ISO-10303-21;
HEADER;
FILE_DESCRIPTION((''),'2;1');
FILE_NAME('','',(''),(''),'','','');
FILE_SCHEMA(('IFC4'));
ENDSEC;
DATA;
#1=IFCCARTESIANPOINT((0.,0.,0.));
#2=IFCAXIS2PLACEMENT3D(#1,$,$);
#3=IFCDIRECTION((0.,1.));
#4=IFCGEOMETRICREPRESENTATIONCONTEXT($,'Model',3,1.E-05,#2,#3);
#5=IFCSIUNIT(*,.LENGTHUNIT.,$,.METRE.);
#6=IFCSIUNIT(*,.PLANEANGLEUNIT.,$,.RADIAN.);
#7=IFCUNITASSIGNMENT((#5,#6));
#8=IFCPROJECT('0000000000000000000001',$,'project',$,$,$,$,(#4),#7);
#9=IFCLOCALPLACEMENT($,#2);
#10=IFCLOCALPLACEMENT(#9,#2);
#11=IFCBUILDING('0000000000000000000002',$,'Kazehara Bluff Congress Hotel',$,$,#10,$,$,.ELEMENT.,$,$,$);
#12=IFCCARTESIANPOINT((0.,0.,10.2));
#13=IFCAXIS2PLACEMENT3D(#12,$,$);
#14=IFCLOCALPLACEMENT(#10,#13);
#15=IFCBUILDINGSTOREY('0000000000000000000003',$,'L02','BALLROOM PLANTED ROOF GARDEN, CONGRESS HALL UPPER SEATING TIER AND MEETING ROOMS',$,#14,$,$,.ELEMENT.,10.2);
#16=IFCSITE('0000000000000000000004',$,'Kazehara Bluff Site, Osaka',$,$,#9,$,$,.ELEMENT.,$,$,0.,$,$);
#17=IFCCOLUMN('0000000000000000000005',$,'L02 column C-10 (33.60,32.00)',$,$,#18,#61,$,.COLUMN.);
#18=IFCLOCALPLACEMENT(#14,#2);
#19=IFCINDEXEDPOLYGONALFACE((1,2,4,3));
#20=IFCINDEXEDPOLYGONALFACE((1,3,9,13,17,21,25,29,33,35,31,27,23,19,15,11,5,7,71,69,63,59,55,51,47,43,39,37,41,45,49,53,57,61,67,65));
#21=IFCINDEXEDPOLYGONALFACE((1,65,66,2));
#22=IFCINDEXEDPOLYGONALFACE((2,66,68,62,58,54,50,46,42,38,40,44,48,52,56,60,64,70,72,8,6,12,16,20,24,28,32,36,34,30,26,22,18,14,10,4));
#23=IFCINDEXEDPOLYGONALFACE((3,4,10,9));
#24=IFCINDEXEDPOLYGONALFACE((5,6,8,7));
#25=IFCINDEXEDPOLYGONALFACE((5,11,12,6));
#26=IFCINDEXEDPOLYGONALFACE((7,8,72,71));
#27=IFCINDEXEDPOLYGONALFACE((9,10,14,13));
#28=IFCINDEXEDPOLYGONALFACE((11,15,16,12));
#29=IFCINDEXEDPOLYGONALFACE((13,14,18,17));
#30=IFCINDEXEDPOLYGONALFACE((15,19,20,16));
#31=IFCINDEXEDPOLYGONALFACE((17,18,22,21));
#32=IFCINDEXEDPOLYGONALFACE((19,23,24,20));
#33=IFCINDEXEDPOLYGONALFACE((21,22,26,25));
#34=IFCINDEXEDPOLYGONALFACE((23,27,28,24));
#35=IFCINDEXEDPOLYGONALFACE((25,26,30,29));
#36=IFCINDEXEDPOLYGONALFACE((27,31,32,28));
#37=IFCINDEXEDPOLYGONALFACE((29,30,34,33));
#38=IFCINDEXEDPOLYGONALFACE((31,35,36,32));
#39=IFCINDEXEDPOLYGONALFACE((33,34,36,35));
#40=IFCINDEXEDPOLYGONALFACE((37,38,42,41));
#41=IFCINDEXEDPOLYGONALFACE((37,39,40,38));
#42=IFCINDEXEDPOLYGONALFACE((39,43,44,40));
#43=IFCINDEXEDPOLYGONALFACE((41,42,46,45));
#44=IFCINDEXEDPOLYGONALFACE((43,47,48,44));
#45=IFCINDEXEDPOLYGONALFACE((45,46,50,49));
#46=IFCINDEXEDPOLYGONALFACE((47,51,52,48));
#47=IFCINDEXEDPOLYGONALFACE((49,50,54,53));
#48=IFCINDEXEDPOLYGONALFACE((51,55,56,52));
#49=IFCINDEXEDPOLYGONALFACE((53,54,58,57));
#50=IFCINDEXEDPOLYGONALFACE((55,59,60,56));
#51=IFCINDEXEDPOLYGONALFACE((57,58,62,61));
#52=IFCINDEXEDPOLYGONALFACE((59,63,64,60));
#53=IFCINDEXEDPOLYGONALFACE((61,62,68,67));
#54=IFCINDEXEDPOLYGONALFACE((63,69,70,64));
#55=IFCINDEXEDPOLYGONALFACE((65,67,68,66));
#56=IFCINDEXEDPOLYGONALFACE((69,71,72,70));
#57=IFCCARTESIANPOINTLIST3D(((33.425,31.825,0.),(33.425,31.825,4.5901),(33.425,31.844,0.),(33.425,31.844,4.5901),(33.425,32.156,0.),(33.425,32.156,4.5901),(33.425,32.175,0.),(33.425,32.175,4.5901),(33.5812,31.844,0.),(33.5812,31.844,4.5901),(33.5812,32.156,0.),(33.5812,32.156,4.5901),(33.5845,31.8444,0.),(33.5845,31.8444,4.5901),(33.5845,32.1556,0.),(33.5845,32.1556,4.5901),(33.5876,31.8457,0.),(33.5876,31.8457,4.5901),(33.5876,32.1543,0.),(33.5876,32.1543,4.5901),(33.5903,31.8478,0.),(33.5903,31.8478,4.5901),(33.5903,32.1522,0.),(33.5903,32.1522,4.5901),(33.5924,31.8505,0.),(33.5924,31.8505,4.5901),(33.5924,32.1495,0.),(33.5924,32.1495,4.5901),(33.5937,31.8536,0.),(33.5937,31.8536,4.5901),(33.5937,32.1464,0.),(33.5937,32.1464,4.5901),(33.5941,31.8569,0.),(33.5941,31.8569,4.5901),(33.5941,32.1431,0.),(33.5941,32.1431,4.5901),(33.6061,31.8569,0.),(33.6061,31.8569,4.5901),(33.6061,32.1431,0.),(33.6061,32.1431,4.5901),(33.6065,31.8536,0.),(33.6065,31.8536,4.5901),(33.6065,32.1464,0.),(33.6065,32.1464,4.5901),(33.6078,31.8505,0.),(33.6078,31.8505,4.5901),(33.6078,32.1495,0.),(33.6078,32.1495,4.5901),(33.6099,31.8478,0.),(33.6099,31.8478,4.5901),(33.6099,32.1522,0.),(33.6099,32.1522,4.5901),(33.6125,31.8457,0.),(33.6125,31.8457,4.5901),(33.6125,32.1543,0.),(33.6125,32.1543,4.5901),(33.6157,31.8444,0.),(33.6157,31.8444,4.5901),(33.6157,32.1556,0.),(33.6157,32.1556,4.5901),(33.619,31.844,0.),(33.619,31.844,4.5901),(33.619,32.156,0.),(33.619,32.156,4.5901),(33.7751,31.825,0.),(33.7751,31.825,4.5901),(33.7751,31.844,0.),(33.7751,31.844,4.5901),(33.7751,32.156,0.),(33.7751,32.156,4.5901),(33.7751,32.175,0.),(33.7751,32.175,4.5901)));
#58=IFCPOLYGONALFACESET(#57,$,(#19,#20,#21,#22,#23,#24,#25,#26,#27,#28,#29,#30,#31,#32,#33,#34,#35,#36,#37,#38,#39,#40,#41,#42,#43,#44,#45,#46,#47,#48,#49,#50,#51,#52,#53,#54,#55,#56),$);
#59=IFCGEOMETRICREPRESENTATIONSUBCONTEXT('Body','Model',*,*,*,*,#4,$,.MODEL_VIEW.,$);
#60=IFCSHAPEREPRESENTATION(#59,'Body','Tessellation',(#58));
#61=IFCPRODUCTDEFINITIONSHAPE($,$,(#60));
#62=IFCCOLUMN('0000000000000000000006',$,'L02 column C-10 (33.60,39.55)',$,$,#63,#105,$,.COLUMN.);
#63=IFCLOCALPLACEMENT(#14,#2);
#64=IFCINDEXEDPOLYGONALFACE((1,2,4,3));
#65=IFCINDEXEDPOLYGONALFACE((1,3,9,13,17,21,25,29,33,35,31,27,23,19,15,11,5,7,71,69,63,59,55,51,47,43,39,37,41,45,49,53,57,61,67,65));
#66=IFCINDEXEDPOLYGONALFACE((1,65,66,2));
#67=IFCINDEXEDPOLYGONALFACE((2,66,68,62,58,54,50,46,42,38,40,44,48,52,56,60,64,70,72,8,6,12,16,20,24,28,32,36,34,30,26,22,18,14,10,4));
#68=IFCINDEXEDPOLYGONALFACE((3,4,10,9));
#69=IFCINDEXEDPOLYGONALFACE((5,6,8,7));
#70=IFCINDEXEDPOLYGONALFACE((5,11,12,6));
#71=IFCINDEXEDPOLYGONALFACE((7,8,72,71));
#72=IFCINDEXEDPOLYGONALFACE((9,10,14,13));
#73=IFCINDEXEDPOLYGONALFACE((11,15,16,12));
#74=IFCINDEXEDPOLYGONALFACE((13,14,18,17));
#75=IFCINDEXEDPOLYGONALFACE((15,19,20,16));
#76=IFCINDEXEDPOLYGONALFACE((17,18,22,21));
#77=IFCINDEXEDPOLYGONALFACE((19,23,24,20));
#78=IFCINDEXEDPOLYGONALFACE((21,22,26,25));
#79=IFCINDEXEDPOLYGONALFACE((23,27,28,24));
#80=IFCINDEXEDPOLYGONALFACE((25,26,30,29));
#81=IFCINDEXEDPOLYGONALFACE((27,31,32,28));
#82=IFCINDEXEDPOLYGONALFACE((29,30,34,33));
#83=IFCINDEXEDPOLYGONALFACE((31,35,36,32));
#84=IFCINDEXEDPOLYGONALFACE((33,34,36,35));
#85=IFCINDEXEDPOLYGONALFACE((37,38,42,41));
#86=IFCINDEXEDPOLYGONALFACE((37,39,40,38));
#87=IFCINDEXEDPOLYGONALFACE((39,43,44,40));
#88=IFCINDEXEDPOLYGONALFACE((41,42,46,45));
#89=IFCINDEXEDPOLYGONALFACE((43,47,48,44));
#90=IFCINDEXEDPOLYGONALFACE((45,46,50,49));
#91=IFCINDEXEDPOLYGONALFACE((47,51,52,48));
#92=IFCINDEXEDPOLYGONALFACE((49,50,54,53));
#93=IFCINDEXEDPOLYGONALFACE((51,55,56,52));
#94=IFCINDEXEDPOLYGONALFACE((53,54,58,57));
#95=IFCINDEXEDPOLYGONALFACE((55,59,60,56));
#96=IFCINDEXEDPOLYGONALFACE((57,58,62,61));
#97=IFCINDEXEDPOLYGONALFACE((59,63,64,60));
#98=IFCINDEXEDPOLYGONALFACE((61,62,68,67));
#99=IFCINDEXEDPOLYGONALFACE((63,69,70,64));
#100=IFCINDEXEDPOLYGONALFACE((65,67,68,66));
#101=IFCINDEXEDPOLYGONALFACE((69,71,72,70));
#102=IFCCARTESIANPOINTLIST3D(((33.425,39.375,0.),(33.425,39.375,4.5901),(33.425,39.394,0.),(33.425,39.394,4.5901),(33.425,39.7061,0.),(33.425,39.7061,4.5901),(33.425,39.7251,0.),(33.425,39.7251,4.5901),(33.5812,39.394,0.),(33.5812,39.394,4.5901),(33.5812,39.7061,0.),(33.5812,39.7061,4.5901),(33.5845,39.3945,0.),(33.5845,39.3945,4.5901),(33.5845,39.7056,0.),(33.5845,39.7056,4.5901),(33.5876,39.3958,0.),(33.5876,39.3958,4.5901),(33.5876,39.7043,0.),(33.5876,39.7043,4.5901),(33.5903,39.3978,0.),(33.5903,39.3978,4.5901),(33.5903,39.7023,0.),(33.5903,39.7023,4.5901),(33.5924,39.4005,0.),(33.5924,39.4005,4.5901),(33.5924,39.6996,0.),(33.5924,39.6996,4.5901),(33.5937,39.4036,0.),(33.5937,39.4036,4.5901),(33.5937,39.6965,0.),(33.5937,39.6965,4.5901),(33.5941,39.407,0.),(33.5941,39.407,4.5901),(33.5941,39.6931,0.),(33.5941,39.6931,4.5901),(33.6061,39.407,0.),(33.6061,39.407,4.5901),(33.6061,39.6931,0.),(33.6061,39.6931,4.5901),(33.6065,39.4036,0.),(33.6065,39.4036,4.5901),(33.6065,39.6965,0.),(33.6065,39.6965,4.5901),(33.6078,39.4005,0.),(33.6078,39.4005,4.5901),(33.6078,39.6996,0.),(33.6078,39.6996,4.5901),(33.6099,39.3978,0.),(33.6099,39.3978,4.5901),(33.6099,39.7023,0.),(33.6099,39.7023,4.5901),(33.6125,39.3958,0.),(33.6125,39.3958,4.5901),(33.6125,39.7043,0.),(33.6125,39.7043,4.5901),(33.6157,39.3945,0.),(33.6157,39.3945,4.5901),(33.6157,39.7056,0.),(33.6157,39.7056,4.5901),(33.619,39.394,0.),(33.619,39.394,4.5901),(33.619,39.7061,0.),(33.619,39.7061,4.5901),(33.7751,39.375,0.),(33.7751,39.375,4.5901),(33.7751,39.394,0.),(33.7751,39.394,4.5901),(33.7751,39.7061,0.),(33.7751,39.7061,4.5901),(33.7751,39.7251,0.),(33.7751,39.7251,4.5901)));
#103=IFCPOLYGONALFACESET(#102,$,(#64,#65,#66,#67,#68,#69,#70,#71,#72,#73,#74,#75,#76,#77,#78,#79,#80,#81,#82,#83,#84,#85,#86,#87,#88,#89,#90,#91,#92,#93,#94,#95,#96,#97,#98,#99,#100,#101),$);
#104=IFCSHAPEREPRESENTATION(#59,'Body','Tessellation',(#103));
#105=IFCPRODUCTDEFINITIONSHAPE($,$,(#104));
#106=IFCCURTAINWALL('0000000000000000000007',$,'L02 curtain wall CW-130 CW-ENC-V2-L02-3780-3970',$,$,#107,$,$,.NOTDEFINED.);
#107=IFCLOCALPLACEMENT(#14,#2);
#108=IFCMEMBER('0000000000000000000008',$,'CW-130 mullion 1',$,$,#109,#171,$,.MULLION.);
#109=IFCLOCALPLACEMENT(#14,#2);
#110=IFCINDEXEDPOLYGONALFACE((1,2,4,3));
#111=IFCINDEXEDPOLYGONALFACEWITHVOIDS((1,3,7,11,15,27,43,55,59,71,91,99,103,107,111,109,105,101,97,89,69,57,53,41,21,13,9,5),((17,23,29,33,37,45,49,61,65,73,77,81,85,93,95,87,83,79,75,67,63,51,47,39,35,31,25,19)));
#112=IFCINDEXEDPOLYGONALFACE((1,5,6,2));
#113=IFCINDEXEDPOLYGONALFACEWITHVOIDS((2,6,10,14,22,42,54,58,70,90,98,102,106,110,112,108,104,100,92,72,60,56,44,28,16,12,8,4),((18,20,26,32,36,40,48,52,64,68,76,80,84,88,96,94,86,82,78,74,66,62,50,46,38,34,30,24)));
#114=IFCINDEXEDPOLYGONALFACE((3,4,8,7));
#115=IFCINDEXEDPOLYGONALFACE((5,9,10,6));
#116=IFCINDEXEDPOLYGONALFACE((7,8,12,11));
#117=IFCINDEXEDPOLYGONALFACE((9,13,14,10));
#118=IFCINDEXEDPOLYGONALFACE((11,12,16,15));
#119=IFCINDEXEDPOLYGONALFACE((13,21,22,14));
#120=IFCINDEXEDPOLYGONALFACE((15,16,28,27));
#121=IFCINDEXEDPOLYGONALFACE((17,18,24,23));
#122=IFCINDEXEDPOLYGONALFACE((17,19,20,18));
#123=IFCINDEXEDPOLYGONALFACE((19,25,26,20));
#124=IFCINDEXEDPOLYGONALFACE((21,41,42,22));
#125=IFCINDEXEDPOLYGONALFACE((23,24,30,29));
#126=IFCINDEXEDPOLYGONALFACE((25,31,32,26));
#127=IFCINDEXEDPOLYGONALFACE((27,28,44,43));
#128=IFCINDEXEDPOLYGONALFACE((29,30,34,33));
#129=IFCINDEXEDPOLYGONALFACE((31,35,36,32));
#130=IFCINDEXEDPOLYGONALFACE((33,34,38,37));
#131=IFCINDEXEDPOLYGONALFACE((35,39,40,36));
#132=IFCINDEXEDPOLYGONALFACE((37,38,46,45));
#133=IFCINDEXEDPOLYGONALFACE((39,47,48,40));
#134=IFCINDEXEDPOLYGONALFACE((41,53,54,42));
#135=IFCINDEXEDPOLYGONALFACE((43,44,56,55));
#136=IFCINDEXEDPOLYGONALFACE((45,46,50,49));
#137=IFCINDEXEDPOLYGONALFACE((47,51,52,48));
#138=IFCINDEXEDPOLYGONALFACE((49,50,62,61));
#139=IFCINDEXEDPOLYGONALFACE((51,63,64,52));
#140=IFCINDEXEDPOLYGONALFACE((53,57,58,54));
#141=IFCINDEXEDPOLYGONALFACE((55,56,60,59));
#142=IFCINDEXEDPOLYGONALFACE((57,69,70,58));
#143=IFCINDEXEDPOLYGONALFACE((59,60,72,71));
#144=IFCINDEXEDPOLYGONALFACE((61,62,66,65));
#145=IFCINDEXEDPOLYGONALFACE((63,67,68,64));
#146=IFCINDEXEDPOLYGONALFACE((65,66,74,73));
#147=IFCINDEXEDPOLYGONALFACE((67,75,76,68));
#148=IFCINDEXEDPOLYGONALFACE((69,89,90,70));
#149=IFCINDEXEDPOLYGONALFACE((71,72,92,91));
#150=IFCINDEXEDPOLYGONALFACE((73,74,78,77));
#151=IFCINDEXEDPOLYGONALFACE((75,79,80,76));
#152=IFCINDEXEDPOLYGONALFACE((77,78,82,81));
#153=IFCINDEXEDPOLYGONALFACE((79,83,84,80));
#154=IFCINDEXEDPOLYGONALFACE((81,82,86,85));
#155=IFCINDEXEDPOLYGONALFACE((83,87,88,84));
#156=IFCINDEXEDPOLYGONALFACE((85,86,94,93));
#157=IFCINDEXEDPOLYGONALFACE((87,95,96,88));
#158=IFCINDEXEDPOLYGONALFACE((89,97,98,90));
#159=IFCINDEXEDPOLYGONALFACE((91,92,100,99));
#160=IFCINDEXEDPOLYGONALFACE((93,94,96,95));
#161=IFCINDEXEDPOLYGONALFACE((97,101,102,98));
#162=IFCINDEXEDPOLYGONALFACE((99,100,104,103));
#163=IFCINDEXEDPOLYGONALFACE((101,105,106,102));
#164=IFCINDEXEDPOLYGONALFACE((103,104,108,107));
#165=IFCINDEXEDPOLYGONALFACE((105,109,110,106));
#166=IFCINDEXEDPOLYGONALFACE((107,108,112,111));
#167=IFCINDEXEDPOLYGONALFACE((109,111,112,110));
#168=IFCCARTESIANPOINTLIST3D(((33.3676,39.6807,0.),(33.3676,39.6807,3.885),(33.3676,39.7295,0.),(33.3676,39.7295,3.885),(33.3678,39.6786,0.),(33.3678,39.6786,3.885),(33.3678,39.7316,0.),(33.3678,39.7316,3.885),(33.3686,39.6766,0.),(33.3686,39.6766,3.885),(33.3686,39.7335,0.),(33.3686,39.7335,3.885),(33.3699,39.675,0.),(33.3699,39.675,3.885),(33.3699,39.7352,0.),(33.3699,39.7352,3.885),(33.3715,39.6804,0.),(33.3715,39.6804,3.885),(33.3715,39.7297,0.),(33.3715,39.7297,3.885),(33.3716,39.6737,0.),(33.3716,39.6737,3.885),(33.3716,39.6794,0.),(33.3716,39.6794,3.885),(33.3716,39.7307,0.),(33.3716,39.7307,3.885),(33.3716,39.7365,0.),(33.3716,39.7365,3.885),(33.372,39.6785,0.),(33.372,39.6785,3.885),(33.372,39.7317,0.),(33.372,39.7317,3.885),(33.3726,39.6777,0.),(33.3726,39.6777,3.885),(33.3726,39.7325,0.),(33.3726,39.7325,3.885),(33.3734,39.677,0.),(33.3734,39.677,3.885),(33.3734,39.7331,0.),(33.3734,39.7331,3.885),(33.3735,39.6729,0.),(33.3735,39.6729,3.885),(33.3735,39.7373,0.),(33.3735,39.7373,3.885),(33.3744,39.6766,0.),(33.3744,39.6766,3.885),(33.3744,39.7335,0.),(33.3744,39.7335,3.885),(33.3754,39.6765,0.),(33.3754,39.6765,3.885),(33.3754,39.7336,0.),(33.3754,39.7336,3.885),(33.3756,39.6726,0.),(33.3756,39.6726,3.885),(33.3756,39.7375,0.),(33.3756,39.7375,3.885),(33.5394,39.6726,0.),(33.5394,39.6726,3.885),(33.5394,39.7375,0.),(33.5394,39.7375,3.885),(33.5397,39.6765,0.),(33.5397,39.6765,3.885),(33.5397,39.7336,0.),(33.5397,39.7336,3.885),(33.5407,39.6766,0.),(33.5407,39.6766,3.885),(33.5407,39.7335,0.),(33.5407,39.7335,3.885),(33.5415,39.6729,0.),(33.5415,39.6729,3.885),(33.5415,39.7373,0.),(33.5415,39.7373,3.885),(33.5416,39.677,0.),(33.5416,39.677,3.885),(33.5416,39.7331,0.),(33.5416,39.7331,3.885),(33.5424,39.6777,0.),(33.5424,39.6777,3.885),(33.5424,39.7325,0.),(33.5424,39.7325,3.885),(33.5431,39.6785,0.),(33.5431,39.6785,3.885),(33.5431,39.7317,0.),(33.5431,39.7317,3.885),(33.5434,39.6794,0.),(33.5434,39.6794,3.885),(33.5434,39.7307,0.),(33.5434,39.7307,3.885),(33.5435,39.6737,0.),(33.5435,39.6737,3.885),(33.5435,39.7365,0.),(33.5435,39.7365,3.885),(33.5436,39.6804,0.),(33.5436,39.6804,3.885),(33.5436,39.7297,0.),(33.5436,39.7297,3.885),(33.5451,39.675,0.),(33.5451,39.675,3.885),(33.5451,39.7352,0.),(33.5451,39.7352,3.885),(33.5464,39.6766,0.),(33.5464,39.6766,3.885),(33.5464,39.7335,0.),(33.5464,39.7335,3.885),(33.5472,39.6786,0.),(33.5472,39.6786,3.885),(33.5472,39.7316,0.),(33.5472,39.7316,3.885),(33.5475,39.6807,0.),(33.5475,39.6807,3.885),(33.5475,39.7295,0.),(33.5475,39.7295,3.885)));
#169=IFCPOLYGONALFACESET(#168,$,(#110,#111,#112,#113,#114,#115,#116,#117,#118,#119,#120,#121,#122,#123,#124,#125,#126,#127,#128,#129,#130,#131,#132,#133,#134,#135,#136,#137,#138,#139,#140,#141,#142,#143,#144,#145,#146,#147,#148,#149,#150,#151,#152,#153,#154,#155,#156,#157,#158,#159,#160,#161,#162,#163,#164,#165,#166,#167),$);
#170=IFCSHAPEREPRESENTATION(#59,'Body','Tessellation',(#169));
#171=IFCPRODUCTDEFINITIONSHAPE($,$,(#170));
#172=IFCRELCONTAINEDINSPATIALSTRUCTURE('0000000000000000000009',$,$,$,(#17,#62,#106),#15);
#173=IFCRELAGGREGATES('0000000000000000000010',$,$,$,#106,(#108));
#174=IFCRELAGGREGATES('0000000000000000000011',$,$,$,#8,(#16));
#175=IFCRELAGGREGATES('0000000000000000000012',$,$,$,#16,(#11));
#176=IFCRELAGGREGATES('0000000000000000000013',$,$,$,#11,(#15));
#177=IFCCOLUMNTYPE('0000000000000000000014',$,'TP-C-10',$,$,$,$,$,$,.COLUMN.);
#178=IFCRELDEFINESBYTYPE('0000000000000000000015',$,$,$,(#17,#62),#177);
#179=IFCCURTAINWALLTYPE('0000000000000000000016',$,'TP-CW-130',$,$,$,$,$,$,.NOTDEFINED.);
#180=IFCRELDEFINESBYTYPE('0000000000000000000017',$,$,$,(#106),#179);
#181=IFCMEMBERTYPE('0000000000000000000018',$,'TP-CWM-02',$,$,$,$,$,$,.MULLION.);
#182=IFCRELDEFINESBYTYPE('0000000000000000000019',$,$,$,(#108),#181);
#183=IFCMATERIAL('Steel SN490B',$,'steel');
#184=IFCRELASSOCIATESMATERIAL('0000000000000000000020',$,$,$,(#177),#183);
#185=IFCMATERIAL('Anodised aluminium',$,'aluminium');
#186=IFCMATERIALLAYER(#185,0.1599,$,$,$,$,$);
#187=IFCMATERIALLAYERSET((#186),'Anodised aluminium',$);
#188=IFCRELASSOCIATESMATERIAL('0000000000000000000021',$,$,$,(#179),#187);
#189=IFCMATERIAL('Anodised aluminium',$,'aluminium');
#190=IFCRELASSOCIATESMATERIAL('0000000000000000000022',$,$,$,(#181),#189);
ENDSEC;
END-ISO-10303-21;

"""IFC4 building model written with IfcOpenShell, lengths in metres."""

from ifc_helpers import new_model, si_unit, direction, frame, origin, origin_2d, place, context, subcontext, project, spatial, hollow_rectangle, i_section, extrude, material, layer, layer_set, material_profile, profile_set, type_object, element, aggregate, save


model = new_model("IFC4")

# Units and contexts
model_context = context("Model", 3, precision=1e-05, world=origin(), true_north=direction((0.0, 1.0)))
body_context = subcontext(model_context, "Body", "Model", "MODEL_VIEW")
ifc_project = project(units=[si_unit("LENGTHUNIT", "METRE"), si_unit("PLANEANGLEUNIT", "RADIAN")], contexts=[model_context])

# Site, building, storey
site_placement = place(None, origin())
site = spatial("IfcSite", under=ifc_project, at=site_placement, Name="Kazehara Bluff Site, Osaka", CompositionType="ELEMENT", RefElevation=0.0)
building_placement = place(site_placement, origin())
building = spatial("IfcBuilding", under=site, at=building_placement, Name="Kazehara Bluff Congress Hotel", CompositionType="ELEMENT")
storey_placement = place(building_placement, frame((0.0, 0.0, 10.2)))
storey = spatial("IfcBuildingStorey", under=building, at=storey_placement, Name="L02", Description="BALLROOM PLANTED ROOF GARDEN, CONGRESS HALL UPPER SEATING TIER AND MEETING ROOMS", CompositionType="ELEMENT", Elevation=10.2)

# Columns
ifc_material_1 = material(Name="Steel SN490B", Category="steel")
ifc_material_profile_1 = material_profile(ifc_material_1, i_section(OverallWidth=0.3501, OverallDepth=0.3501, WebThickness=0.012, FlangeThickness=0.019, FilletRadius=0.0129, at=origin_2d()))
ifc_profile_set_1 = profile_set([ifc_material_profile_1], Name="Steel SN490B")
column_type = type_object("IfcColumnType", Name="TP-C-10", PredefinedType="COLUMN", material=ifc_profile_set_1)
for number, where, z_axis, x_axis, name in (
    (1, (33.6001, 32.0, 0.0), (0.0, 0.0, 1.0), (1.0, 0.0, 0.0), "L02 column C-10 (33.60,32.00)"),
    (2, (33.6001, 39.55, 0.0), (0.0, 0.0, 1.0), (1.0, 0.0, 0.0), "L02 column C-10 (33.60,39.55)"),
):
    element("IfcColumn", number, at=place(storey_placement, frame(where, z_axis=z_axis, x_axis=x_axis)), inside=storey, type_object=column_type, Name=name, PredefinedType="COLUMN", context=body_context, shape_type="SweptSolid", body=[
        extrude(i_section(OverallWidth=0.3501, OverallDepth=0.3501, WebThickness=0.012, FlangeThickness=0.019, FilletRadius=0.0129, at=origin_2d()), origin(), (0.0, 0.0, 1.0), 4.5901),
    ])

# Curtain wall, member
ifc_material_2 = material(Name="Anodised aluminium", Category="aluminium")
ifc_layer_1 = layer(ifc_material_2, 0.1599)
ifc_layer_set_1 = layer_set([ifc_layer_1], Name="Anodised aluminium")
curtain_wall_type_1 = type_object("IfcCurtainWallType", Name="TP-CW-130", PredefinedType="NOTDEFINED", material=ifc_layer_set_1)
curtain_wall_1_placement = place(storey_placement, origin())
curtain_wall_1 = element("IfcCurtainWall", 3, at=curtain_wall_1_placement, inside=storey, type_object=curtain_wall_type_1, Name="L02 curtain wall CW-130 CW-ENC-V2-L02-3780-3970", PredefinedType="NOTDEFINED")
ifc_material_3 = material(Name="Anodised aluminium", Category="aluminium")
ifc_material_profile_2 = material_profile(ifc_material_3, hollow_rectangle(XDim=0.0649, YDim=0.1799, WallThickness=0.0039, InnerFilletRadius=0.0039, OuterFilletRadius=0.0081, at=origin_2d()))
ifc_profile_set_2 = profile_set([ifc_material_profile_2], Name="Anodised aluminium")
member_type_1 = type_object("IfcMemberType", Name="TP-CWM-02", PredefinedType="MULLION", material=ifc_profile_set_2)
member_1_placement = place(storey_placement, frame((33.4575, 39.7051, 0.0), z_axis=(0.0, 0.0, 1.0), x_axis=(0.0, 1.0, 0.0)))
member_1 = element("IfcMember", 4, at=member_1_placement, type_object=member_type_1, Name="CW-130 mullion 1", PredefinedType="MULLION", context=body_context, shape_type="SweptSolid", body=[
    extrude(hollow_rectangle(XDim=0.0649, YDim=0.1799, WallThickness=0.0039, InnerFilletRadius=0.0039, OuterFilletRadius=0.0081, at=origin_2d()), origin(), (0.0, 0.0, 1.0), 3.885),
])

aggregate(curtain_wall_1, [member_1])

save(model, "model.ifc")
